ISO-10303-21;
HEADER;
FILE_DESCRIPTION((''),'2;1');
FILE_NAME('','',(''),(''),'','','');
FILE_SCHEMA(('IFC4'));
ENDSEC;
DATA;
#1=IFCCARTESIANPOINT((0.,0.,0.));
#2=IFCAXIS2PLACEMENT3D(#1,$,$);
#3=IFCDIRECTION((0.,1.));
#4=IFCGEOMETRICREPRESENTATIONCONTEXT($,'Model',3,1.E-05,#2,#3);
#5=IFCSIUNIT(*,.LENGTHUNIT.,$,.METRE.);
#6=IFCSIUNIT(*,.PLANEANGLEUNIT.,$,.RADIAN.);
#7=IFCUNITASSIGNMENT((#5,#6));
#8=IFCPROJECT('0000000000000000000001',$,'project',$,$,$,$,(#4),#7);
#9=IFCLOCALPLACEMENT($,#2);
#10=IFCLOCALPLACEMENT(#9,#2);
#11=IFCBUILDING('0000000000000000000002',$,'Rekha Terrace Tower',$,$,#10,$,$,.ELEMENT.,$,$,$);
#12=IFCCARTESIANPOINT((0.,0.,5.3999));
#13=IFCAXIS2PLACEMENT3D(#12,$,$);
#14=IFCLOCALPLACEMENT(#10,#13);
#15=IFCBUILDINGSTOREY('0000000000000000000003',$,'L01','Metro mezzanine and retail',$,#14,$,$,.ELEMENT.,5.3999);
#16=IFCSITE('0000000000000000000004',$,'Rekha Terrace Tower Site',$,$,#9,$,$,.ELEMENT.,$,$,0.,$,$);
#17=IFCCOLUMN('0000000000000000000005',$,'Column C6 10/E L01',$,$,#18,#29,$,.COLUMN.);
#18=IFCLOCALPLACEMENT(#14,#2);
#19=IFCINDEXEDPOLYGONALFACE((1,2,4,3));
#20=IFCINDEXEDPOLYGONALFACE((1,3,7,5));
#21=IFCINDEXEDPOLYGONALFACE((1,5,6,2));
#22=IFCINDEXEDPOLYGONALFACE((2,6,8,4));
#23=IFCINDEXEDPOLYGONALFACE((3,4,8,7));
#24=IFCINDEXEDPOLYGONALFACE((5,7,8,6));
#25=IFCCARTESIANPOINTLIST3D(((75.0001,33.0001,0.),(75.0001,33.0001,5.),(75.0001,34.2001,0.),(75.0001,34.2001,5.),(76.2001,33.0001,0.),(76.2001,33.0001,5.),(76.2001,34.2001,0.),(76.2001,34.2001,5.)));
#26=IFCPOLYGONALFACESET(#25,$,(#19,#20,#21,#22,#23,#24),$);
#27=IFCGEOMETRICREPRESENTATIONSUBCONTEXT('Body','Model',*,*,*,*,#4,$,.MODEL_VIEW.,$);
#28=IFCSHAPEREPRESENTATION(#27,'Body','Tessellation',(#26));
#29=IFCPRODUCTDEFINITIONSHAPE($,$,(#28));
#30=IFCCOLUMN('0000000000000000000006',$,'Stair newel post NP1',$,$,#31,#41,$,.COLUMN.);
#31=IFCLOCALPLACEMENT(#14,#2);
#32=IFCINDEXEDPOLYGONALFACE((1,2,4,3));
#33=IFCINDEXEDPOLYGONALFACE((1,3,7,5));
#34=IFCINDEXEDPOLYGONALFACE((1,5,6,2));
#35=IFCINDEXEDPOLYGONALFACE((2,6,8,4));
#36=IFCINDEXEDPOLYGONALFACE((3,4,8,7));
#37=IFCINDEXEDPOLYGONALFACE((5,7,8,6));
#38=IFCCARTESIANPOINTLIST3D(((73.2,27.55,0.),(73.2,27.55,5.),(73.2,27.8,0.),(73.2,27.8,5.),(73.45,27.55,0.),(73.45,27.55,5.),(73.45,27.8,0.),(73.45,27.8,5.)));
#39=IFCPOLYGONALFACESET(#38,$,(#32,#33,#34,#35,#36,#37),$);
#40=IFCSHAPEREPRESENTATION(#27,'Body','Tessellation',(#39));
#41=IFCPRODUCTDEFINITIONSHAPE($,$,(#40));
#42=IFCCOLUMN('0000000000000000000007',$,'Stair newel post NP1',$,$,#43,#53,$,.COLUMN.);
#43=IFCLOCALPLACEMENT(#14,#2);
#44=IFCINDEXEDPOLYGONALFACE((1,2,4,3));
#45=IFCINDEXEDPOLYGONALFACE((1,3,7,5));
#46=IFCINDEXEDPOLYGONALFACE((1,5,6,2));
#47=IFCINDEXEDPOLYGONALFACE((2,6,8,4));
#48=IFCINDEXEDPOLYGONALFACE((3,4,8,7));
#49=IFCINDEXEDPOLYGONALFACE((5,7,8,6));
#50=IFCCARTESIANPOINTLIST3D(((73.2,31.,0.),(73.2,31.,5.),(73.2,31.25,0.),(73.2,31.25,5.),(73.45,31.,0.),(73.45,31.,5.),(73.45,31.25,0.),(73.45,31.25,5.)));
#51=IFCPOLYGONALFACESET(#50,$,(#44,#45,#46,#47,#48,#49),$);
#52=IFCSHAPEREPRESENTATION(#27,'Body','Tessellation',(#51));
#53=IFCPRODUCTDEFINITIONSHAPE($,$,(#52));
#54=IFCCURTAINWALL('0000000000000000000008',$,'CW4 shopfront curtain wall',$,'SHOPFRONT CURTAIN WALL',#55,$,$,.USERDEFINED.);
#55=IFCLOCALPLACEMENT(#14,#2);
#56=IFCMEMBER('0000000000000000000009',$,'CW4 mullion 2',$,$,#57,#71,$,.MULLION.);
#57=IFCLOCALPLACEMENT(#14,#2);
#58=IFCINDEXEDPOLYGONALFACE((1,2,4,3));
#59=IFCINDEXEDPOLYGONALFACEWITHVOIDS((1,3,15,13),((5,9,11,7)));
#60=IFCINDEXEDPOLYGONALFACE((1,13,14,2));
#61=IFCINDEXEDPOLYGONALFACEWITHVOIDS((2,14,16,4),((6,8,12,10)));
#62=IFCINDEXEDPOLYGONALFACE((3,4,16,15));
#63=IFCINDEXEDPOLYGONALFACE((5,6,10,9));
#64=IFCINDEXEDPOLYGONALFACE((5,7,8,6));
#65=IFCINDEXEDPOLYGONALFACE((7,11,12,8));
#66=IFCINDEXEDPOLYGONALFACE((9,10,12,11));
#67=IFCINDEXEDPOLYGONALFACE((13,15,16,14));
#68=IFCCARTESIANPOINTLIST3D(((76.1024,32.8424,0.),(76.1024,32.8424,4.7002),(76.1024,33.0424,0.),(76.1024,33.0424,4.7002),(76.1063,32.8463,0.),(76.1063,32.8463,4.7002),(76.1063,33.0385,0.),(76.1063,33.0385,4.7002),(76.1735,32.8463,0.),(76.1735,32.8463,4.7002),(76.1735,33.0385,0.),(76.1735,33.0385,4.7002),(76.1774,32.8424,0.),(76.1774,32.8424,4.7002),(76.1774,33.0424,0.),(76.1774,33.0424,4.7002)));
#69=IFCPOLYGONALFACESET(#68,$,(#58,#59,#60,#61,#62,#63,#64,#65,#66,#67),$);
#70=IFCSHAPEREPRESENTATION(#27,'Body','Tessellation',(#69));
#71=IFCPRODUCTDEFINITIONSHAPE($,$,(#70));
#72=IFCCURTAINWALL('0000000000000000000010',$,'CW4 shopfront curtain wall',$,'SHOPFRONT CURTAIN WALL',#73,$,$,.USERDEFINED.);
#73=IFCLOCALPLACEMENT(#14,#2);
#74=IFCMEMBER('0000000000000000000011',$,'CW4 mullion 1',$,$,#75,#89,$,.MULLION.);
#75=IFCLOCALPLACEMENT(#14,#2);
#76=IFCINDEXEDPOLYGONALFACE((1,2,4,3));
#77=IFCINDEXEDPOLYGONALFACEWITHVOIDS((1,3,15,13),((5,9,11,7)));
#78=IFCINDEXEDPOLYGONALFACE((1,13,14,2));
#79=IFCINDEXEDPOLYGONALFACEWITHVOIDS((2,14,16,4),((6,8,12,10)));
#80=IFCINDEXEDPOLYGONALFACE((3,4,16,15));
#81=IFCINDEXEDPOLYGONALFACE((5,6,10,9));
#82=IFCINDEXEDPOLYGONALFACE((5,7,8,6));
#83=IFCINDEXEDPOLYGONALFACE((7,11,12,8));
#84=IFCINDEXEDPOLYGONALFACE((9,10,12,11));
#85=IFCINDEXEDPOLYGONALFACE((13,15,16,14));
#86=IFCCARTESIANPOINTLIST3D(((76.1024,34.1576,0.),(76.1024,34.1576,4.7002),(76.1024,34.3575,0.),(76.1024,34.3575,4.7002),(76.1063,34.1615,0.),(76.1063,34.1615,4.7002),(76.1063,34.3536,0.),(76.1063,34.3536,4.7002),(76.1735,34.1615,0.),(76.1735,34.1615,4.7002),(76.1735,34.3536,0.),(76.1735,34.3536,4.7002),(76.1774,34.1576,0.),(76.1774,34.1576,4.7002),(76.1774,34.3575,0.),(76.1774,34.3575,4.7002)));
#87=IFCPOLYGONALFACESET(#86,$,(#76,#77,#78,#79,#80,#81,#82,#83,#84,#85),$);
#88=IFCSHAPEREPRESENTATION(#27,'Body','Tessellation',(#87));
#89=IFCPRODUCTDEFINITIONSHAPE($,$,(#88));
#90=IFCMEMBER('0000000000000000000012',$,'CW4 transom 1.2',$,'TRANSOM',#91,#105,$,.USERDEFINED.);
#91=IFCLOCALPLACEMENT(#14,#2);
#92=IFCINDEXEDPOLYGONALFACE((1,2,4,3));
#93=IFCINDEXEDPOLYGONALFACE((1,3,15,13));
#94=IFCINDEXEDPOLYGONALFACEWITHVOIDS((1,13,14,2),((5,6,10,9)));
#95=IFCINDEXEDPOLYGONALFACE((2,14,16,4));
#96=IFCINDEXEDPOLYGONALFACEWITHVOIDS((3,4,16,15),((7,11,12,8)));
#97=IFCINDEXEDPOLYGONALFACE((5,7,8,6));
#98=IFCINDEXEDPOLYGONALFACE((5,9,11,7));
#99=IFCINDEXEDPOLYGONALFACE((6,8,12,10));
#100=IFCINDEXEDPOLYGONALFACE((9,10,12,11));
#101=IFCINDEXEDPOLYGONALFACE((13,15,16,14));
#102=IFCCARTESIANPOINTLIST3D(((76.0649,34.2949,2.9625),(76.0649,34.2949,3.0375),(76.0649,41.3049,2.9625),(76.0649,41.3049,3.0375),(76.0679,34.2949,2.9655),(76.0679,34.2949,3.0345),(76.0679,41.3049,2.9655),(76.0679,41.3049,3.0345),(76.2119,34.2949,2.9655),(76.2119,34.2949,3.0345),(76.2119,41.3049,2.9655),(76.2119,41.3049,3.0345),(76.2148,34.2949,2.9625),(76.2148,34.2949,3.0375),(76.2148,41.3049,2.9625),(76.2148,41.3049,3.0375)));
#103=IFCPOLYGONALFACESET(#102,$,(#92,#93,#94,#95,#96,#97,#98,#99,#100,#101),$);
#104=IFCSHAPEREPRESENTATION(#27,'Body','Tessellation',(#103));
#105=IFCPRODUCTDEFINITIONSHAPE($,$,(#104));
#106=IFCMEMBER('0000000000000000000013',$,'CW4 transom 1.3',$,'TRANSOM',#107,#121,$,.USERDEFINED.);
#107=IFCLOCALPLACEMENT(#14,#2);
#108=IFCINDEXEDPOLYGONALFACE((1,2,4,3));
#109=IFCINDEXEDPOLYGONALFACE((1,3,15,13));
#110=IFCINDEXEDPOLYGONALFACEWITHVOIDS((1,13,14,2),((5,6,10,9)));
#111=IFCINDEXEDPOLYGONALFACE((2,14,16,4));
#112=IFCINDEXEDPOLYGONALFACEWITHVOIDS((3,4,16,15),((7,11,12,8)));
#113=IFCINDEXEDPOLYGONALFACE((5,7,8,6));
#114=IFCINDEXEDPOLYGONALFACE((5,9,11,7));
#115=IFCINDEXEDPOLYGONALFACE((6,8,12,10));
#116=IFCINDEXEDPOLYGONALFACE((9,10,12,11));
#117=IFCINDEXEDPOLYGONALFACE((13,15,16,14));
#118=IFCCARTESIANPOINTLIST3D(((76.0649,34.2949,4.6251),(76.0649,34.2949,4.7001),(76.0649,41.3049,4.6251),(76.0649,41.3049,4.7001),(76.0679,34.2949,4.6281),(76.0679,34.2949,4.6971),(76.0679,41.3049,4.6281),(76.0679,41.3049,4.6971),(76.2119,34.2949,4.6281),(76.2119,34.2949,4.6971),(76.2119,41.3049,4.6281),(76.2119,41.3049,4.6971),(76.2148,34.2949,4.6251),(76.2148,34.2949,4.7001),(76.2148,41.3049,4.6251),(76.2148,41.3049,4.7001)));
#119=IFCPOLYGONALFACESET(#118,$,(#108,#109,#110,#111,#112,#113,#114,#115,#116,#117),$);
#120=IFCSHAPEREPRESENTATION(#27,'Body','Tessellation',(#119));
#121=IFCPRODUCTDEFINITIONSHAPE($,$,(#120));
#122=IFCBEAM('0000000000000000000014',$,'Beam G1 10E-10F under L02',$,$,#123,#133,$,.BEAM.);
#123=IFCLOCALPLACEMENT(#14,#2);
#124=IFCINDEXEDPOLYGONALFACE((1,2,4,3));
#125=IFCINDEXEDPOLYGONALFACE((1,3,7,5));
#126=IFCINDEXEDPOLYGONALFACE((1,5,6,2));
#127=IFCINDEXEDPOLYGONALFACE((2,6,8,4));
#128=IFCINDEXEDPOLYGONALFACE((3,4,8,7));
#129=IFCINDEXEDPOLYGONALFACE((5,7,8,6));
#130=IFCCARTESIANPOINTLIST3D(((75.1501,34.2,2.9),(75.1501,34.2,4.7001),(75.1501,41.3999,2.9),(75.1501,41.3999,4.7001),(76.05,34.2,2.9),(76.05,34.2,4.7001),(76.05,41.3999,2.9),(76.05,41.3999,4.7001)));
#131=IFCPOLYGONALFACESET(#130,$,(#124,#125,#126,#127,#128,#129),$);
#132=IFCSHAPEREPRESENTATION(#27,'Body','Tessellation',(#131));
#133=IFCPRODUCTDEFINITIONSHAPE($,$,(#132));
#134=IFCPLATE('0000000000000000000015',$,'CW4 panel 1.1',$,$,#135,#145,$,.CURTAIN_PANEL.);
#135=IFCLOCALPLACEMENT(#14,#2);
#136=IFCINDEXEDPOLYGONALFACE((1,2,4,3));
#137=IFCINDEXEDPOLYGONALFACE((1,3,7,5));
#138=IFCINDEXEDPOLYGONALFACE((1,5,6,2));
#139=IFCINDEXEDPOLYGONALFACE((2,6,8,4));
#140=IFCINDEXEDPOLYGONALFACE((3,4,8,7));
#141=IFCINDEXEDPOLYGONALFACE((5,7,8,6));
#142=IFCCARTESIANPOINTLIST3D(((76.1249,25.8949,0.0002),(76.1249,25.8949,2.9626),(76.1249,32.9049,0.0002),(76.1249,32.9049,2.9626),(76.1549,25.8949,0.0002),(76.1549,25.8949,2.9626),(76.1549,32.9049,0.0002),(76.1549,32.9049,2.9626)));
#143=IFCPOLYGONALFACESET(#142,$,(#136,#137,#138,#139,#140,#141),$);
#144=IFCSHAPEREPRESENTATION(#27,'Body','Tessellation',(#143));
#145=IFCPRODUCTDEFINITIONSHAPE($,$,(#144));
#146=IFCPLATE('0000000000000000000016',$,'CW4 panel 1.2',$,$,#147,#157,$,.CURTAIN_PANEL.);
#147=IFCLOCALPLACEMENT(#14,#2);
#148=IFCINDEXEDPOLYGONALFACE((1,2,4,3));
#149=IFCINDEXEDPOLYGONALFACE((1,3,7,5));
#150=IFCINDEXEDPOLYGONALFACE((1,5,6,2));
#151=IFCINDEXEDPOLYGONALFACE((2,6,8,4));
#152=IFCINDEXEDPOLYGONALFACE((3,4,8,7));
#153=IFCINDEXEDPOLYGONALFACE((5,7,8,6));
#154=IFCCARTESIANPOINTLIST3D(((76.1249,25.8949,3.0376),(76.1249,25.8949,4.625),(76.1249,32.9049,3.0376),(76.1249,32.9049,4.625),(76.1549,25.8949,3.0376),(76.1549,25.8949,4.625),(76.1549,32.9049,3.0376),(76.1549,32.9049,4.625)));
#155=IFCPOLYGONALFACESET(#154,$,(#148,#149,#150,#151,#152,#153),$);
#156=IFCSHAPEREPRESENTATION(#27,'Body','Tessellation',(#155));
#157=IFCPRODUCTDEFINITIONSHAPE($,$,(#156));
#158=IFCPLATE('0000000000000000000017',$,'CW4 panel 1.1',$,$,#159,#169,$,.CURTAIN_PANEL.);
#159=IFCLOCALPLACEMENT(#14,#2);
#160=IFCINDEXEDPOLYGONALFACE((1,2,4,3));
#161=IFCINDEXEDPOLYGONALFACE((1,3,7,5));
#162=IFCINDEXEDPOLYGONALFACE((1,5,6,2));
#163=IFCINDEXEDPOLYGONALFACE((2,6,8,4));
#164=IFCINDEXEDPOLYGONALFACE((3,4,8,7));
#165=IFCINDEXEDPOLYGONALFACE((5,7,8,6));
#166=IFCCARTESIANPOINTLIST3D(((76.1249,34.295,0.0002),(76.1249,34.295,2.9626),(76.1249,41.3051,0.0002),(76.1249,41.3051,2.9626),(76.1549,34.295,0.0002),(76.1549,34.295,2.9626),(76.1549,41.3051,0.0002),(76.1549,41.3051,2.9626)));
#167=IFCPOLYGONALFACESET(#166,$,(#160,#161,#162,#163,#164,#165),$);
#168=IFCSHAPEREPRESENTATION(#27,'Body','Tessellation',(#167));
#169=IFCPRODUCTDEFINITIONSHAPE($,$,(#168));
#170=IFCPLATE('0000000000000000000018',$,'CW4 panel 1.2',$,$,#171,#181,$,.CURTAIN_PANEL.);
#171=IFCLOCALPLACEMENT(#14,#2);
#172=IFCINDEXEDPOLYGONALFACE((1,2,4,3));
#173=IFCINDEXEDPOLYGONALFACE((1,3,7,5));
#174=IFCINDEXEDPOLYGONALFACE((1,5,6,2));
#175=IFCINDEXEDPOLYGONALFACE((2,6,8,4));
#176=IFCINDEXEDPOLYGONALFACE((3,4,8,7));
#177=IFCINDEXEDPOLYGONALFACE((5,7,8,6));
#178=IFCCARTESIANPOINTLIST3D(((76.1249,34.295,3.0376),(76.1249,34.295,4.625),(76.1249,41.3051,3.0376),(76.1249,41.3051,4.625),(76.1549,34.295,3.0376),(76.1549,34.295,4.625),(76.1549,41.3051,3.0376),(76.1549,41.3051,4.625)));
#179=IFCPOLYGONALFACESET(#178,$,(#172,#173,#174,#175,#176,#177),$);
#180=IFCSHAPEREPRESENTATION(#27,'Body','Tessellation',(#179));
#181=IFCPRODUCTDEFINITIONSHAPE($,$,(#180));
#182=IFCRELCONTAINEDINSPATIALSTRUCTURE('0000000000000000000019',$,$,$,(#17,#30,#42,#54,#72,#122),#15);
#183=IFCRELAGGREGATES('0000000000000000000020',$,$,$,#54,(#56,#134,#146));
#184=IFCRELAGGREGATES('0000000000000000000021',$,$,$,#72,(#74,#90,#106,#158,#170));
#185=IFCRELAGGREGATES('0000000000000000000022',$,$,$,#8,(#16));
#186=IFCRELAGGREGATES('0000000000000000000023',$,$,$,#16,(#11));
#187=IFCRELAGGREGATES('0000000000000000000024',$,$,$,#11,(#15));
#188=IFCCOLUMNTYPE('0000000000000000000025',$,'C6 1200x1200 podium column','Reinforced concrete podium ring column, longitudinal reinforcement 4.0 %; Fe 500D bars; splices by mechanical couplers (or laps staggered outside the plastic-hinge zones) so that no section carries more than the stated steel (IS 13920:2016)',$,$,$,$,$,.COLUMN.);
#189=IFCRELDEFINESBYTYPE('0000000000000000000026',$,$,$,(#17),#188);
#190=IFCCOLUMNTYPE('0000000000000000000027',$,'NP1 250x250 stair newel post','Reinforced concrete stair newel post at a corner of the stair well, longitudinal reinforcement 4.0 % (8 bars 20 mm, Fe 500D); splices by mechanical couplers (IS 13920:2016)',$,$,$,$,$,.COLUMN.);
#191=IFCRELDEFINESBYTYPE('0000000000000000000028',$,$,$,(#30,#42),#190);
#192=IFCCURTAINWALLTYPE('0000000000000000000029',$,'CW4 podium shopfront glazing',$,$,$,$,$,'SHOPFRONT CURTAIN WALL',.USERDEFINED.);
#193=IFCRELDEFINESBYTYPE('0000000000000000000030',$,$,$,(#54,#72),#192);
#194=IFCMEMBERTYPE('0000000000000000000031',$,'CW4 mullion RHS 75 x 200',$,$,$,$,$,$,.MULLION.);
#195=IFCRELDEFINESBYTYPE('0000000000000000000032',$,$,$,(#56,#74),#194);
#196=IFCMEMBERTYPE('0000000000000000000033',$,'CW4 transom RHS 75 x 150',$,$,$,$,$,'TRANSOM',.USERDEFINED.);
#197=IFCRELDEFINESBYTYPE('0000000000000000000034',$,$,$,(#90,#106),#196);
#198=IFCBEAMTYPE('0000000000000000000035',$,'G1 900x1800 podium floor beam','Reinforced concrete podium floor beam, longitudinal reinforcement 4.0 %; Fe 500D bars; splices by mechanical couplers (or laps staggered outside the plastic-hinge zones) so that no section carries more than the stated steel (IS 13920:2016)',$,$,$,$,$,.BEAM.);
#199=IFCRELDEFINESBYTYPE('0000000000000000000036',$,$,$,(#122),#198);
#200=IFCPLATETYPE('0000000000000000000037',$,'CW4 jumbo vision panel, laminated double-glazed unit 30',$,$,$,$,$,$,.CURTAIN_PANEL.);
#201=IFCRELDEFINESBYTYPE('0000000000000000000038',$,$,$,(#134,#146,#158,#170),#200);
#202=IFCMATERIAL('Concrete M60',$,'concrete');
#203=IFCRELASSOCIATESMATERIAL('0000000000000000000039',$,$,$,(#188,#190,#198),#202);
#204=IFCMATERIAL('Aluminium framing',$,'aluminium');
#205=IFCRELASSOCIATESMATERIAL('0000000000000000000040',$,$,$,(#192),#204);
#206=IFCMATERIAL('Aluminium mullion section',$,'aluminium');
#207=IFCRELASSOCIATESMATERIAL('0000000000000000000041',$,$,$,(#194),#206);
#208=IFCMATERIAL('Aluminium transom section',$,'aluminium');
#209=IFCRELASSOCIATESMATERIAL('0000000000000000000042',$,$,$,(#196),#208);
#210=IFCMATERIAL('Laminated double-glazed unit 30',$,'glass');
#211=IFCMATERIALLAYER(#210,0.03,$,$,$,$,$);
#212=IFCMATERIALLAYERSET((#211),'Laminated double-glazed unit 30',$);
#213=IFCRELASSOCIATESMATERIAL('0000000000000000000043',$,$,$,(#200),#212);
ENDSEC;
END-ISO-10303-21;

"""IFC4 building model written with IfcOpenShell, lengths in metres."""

from ifc_helpers import new_model, si_unit, direction, frame, origin, origin_2d, place, context, subcontext, project, spatial, rectangle, hollow_rectangle, extrude, material, layer, layer_set, material_profile, profile_set, type_object, element, aggregate, save


model = new_model("IFC4")

# Units and contexts
model_context = context("Model", 3, precision=1e-05, world=origin(), true_north=direction((0.0, 1.0)))
body_context = subcontext(model_context, "Body", "Model", "MODEL_VIEW")
ifc_project = project(units=[si_unit("LENGTHUNIT", "METRE"), si_unit("PLANEANGLEUNIT", "RADIAN")], contexts=[model_context])

# Site, building, storey
site_placement = place(None, origin())
site = spatial("IfcSite", under=ifc_project, at=site_placement, Name="Rekha Terrace Tower Site", CompositionType="ELEMENT", RefElevation=0.0)
building_placement = place(site_placement, origin())
building = spatial("IfcBuilding", under=site, at=building_placement, Name="Rekha Terrace Tower", CompositionType="ELEMENT")
storey_placement = place(building_placement, frame((0.0, 0.0, 5.3999)))
storey = spatial("IfcBuildingStorey", under=building, at=storey_placement, Name="L01", Description="Metro mezzanine and retail", CompositionType="ELEMENT", Elevation=5.3999)

# Columns
ifc_material_1 = material(Name="Concrete M60", Category="concrete")
ifc_material_profile_1 = material_profile(ifc_material_1, rectangle(XDim=1.2, YDim=1.2, at=origin_2d()), Name="RC 1200x1200")
ifc_profile_set_1 = profile_set([ifc_material_profile_1], Name="Concrete M60")
column_type_1 = type_object("IfcColumnType", Name="C6 1200x1200 podium column", Description="Reinforced concrete podium ring column, longitudinal reinforcement 4.0 %; Fe 500D bars; splices by mechanical couplers (or laps staggered outside the plastic-hinge zones) so that no section carries more than the stated steel (IS 13920:2016)", PredefinedType="COLUMN", material=ifc_profile_set_1)
column_placement = place(storey_placement, frame((75.6001, 33.6001, 0.0), z_axis=(0.0, 0.0, 1.0), x_axis=(1.0, 0.0, 0.0)))
element("IfcColumn", 1, at=column_placement, inside=storey, type_object=column_type_1, Name="Column C6 10/E L01", PredefinedType="COLUMN", context=body_context, shape_type="SweptSolid", body=[
    extrude(rectangle(XDim=1.2, YDim=1.2, at=origin_2d()), origin(), (0.0, 0.0, 1.0), 5.0),
])
ifc_material_profile_2 = material_profile(ifc_material_1, rectangle(XDim=0.25, YDim=0.25, at=origin_2d()), Name="RC 250x250")
ifc_profile_set_2 = profile_set([ifc_material_profile_2], Name="Concrete M60")
column_type_2 = type_object("IfcColumnType", Name="NP1 250x250 stair newel post", Description="Reinforced concrete stair newel post at a corner of the stair well, longitudinal reinforcement 4.0 % (8 bars 20 mm, Fe 500D); splices by mechanical couplers (IS 13920:2016)", PredefinedType="COLUMN", material=ifc_profile_set_2)
for number, where, z_axis, x_axis, name in (
    (2, (73.325, 27.675, 0.0), (0.0, 0.0, 1.0), (1.0, 0.0, 0.0), "Stair newel post NP1"),
    (3, (73.325, 31.125, 0.0), (0.0, 0.0, 1.0), (1.0, 0.0, 0.0), "Stair newel post NP1"),
):
    element("IfcColumn", number, at=place(storey_placement, frame(where, z_axis=z_axis, x_axis=x_axis)), inside=storey, type_object=column_type_2, Name=name, PredefinedType="COLUMN", context=body_context, shape_type="SweptSolid", body=[
        extrude(rectangle(XDim=0.25, YDim=0.25, at=origin_2d()), origin(), (0.0, 0.0, 1.0), 5.0),
    ])

# Curtain wall, member
ifc_material_2 = material(Name="Aluminium framing", Category="aluminium")
curtain_wall_type = type_object("IfcCurtainWallType", Name="CW4 podium shopfront glazing", ElementType="SHOPFRONT CURTAIN WALL", PredefinedType="USERDEFINED", material=ifc_material_2)
curtain_wall_1_placement = place(storey_placement, origin())
curtain_wall_1 = element("IfcCurtainWall", 4, at=curtain_wall_1_placement, inside=storey, type_object=curtain_wall_type, Name="CW4 shopfront curtain wall", ObjectType="SHOPFRONT CURTAIN WALL", PredefinedType="USERDEFINED")
ifc_material_3 = material(Name="Aluminium mullion section", Category="aluminium")
ifc_material_profile_3 = material_profile(ifc_material_3, hollow_rectangle(XDim=0.075, YDim=0.2, WallThickness=0.0039, at=origin_2d()), Name="AL RHS 75x200")
ifc_profile_set_3 = profile_set([ifc_material_profile_3], Name="Aluminium mullion section")
member_type_1 = type_object("IfcMemberType", Name="CW4 mullion RHS 75 x 200", PredefinedType="MULLION", material=ifc_profile_set_3)
member_1_placement = place(storey_placement, frame((76.1399, 32.9424, 0.0), z_axis=(0.0, 0.0, 1.0), x_axis=(-1.0, 0.0, 0.0)))
member_1 = element("IfcMember", 5, at=member_1_placement, type_object=member_type_1, Name="CW4 mullion 2", PredefinedType="MULLION", context=body_context, shape_type="SweptSolid", body=[
    extrude(hollow_rectangle(XDim=0.075, YDim=0.2, WallThickness=0.0039, at=origin_2d()), origin(), (0.0, 0.0, 1.0), 4.7002),
])

# Curtain wall, members
curtain_wall_2_placement = place(storey_placement, origin())
curtain_wall_2 = element("IfcCurtainWall", 6, at=curtain_wall_2_placement, inside=storey, type_object=curtain_wall_type, Name="CW4 shopfront curtain wall", ObjectType="SHOPFRONT CURTAIN WALL", PredefinedType="USERDEFINED")
member_2_placement = place(storey_placement, frame((76.1399, 34.2576, 0.0), z_axis=(0.0, 0.0, 1.0), x_axis=(-1.0, 0.0, 0.0)))
member_2 = element("IfcMember", 7, at=member_2_placement, type_object=member_type_1, Name="CW4 mullion 1", PredefinedType="MULLION", context=body_context, shape_type="SweptSolid", body=[
    extrude(hollow_rectangle(XDim=0.075, YDim=0.2, WallThickness=0.0039, at=origin_2d()), origin(), (0.0, 0.0, 1.0), 4.7002),
])
ifc_material_4 = material(Name="Aluminium transom section", Category="aluminium")
ifc_material_profile_4 = material_profile(ifc_material_4, hollow_rectangle(XDim=0.1499, YDim=0.075, WallThickness=0.0029, at=origin_2d()), Name="AL RHS 150x75")
ifc_profile_set_4 = profile_set([ifc_material_profile_4], Name="Aluminium transom section")
member_type_2 = type_object("IfcMemberType", Name="CW4 transom RHS 75 x 150", ElementType="TRANSOM", PredefinedType="USERDEFINED", material=ifc_profile_set_4)
member_3_placement = place(storey_placement, frame((76.1399, 34.2949, 3.0), z_axis=(0.0, 1.0, 0.0), x_axis=(-1.0, 0.0, 0.0)))
member_3 = element("IfcMember", 8, at=member_3_placement, type_object=member_type_2, Name="CW4 transom 1.2", ObjectType="TRANSOM", PredefinedType="USERDEFINED", context=body_context, shape_type="SweptSolid", body=[
    extrude(hollow_rectangle(XDim=0.1499, YDim=0.075, WallThickness=0.0029, at=origin_2d()), origin(), (0.0, 0.0, 1.0), 7.01),
])
member_4_placement = place(storey_placement, frame((76.1399, 34.2949, 4.6626), z_axis=(0.0, 1.0, 0.0), x_axis=(-1.0, 0.0, 0.0)))
member_4 = element("IfcMember", 9, at=member_4_placement, type_object=member_type_2, Name="CW4 transom 1.3", ObjectType="TRANSOM", PredefinedType="USERDEFINED", context=body_context, shape_type="SweptSolid", body=[
    extrude(hollow_rectangle(XDim=0.1499, YDim=0.075, WallThickness=0.0029, at=origin_2d()), origin(), (0.0, 0.0, 1.0), 7.01),
])

# Beam
ifc_material_profile_5 = material_profile(ifc_material_1, rectangle(XDim=0.8999, YDim=1.8, at=origin_2d()), Name="RC 900x1800")
ifc_profile_set_5 = profile_set([ifc_material_profile_5], Name="Concrete M60")
beam_type = type_object("IfcBeamType", Name="G1 900x1800 podium floor beam", Description="Reinforced concrete podium floor beam, longitudinal reinforcement 4.0 %; Fe 500D bars; splices by mechanical couplers (or laps staggered outside the plastic-hinge zones) so that no section carries more than the stated steel (IS 13920:2016)", PredefinedType="BEAM", material=ifc_profile_set_5)
beam_placement = place(storey_placement, frame((75.6001, 34.2, 3.8), z_axis=(0.0, 1.0, 0.0), x_axis=(-1.0, 0.0, 0.0)))
element("IfcBeam", 10, at=beam_placement, inside=storey, type_object=beam_type, Name="Beam G1 10E-10F under L02", PredefinedType="BEAM", context=body_context, shape_type="SweptSolid", body=[
    extrude(rectangle(XDim=0.8999, YDim=1.8, at=origin_2d()), origin(), (0.0, 0.0, 1.0), 7.2),
])

# Plates
ifc_material_5 = material(Name="Laminated double-glazed unit 30", Category="glass")
ifc_layer_1 = layer(ifc_material_5, 0.03)
ifc_layer_set_1 = layer_set([ifc_layer_1], Name="Laminated double-glazed unit 30")
plate_type = type_object("IfcPlateType", Name="CW4 jumbo vision panel, laminated double-glazed unit 30", PredefinedType="CURTAIN_PANEL", material=ifc_layer_set_1)
plate_1_placement = place(storey_placement, frame((76.1399, 29.3999, 0.0002), z_axis=(0.0, 0.0, 1.0), x_axis=(0.0, 1.0, 0.0)))
plate_1 = element("IfcPlate", 11, at=plate_1_placement, type_object=plate_type, Name="CW4 panel 1.1", PredefinedType="CURTAIN_PANEL", context=body_context, shape_type="SweptSolid", body=[
    extrude(rectangle(XDim=7.01, YDim=0.03, at=origin_2d()), origin(), (0.0, 0.0, 1.0), 2.9624),
])
plate_2_placement = place(storey_placement, frame((76.1399, 29.3999, 3.0376), z_axis=(0.0, 0.0, 1.0), x_axis=(0.0, 1.0, 0.0)))
plate_2 = element("IfcPlate", 12, at=plate_2_placement, type_object=plate_type, Name="CW4 panel 1.2", PredefinedType="CURTAIN_PANEL", context=body_context, shape_type="SweptSolid", body=[
    extrude(rectangle(XDim=7.01, YDim=0.03, at=origin_2d()), origin(), (0.0, 0.0, 1.0), 1.5874),
])
aggregate(curtain_wall_1, [member_1, plate_1, plate_2])
plate_3_placement = place(storey_placement, frame((76.1399, 37.8, 0.0002), z_axis=(0.0, 0.0, 1.0), x_axis=(0.0, 1.0, 0.0)))
plate_3 = element("IfcPlate", 13, at=plate_3_placement, type_object=plate_type, Name="CW4 panel 1.1", PredefinedType="CURTAIN_PANEL", context=body_context, shape_type="SweptSolid", body=[
    extrude(rectangle(XDim=7.01, YDim=0.03, at=origin_2d()), origin(), (0.0, 0.0, 1.0), 2.9624),
])
plate_4_placement = place(storey_placement, frame((76.1399, 37.8, 3.0376), z_axis=(0.0, 0.0, 1.0), x_axis=(0.0, 1.0, 0.0)))
plate_4 = element("IfcPlate", 14, at=plate_4_placement, type_object=plate_type, Name="CW4 panel 1.2", PredefinedType="CURTAIN_PANEL", context=body_context, shape_type="SweptSolid", body=[
    extrude(rectangle(XDim=7.01, YDim=0.03, at=origin_2d()), origin(), (0.0, 0.0, 1.0), 1.5874),
])
aggregate(curtain_wall_2, [member_2, member_3, member_4, plate_3, plate_4])

save(model, "model.ifc")
